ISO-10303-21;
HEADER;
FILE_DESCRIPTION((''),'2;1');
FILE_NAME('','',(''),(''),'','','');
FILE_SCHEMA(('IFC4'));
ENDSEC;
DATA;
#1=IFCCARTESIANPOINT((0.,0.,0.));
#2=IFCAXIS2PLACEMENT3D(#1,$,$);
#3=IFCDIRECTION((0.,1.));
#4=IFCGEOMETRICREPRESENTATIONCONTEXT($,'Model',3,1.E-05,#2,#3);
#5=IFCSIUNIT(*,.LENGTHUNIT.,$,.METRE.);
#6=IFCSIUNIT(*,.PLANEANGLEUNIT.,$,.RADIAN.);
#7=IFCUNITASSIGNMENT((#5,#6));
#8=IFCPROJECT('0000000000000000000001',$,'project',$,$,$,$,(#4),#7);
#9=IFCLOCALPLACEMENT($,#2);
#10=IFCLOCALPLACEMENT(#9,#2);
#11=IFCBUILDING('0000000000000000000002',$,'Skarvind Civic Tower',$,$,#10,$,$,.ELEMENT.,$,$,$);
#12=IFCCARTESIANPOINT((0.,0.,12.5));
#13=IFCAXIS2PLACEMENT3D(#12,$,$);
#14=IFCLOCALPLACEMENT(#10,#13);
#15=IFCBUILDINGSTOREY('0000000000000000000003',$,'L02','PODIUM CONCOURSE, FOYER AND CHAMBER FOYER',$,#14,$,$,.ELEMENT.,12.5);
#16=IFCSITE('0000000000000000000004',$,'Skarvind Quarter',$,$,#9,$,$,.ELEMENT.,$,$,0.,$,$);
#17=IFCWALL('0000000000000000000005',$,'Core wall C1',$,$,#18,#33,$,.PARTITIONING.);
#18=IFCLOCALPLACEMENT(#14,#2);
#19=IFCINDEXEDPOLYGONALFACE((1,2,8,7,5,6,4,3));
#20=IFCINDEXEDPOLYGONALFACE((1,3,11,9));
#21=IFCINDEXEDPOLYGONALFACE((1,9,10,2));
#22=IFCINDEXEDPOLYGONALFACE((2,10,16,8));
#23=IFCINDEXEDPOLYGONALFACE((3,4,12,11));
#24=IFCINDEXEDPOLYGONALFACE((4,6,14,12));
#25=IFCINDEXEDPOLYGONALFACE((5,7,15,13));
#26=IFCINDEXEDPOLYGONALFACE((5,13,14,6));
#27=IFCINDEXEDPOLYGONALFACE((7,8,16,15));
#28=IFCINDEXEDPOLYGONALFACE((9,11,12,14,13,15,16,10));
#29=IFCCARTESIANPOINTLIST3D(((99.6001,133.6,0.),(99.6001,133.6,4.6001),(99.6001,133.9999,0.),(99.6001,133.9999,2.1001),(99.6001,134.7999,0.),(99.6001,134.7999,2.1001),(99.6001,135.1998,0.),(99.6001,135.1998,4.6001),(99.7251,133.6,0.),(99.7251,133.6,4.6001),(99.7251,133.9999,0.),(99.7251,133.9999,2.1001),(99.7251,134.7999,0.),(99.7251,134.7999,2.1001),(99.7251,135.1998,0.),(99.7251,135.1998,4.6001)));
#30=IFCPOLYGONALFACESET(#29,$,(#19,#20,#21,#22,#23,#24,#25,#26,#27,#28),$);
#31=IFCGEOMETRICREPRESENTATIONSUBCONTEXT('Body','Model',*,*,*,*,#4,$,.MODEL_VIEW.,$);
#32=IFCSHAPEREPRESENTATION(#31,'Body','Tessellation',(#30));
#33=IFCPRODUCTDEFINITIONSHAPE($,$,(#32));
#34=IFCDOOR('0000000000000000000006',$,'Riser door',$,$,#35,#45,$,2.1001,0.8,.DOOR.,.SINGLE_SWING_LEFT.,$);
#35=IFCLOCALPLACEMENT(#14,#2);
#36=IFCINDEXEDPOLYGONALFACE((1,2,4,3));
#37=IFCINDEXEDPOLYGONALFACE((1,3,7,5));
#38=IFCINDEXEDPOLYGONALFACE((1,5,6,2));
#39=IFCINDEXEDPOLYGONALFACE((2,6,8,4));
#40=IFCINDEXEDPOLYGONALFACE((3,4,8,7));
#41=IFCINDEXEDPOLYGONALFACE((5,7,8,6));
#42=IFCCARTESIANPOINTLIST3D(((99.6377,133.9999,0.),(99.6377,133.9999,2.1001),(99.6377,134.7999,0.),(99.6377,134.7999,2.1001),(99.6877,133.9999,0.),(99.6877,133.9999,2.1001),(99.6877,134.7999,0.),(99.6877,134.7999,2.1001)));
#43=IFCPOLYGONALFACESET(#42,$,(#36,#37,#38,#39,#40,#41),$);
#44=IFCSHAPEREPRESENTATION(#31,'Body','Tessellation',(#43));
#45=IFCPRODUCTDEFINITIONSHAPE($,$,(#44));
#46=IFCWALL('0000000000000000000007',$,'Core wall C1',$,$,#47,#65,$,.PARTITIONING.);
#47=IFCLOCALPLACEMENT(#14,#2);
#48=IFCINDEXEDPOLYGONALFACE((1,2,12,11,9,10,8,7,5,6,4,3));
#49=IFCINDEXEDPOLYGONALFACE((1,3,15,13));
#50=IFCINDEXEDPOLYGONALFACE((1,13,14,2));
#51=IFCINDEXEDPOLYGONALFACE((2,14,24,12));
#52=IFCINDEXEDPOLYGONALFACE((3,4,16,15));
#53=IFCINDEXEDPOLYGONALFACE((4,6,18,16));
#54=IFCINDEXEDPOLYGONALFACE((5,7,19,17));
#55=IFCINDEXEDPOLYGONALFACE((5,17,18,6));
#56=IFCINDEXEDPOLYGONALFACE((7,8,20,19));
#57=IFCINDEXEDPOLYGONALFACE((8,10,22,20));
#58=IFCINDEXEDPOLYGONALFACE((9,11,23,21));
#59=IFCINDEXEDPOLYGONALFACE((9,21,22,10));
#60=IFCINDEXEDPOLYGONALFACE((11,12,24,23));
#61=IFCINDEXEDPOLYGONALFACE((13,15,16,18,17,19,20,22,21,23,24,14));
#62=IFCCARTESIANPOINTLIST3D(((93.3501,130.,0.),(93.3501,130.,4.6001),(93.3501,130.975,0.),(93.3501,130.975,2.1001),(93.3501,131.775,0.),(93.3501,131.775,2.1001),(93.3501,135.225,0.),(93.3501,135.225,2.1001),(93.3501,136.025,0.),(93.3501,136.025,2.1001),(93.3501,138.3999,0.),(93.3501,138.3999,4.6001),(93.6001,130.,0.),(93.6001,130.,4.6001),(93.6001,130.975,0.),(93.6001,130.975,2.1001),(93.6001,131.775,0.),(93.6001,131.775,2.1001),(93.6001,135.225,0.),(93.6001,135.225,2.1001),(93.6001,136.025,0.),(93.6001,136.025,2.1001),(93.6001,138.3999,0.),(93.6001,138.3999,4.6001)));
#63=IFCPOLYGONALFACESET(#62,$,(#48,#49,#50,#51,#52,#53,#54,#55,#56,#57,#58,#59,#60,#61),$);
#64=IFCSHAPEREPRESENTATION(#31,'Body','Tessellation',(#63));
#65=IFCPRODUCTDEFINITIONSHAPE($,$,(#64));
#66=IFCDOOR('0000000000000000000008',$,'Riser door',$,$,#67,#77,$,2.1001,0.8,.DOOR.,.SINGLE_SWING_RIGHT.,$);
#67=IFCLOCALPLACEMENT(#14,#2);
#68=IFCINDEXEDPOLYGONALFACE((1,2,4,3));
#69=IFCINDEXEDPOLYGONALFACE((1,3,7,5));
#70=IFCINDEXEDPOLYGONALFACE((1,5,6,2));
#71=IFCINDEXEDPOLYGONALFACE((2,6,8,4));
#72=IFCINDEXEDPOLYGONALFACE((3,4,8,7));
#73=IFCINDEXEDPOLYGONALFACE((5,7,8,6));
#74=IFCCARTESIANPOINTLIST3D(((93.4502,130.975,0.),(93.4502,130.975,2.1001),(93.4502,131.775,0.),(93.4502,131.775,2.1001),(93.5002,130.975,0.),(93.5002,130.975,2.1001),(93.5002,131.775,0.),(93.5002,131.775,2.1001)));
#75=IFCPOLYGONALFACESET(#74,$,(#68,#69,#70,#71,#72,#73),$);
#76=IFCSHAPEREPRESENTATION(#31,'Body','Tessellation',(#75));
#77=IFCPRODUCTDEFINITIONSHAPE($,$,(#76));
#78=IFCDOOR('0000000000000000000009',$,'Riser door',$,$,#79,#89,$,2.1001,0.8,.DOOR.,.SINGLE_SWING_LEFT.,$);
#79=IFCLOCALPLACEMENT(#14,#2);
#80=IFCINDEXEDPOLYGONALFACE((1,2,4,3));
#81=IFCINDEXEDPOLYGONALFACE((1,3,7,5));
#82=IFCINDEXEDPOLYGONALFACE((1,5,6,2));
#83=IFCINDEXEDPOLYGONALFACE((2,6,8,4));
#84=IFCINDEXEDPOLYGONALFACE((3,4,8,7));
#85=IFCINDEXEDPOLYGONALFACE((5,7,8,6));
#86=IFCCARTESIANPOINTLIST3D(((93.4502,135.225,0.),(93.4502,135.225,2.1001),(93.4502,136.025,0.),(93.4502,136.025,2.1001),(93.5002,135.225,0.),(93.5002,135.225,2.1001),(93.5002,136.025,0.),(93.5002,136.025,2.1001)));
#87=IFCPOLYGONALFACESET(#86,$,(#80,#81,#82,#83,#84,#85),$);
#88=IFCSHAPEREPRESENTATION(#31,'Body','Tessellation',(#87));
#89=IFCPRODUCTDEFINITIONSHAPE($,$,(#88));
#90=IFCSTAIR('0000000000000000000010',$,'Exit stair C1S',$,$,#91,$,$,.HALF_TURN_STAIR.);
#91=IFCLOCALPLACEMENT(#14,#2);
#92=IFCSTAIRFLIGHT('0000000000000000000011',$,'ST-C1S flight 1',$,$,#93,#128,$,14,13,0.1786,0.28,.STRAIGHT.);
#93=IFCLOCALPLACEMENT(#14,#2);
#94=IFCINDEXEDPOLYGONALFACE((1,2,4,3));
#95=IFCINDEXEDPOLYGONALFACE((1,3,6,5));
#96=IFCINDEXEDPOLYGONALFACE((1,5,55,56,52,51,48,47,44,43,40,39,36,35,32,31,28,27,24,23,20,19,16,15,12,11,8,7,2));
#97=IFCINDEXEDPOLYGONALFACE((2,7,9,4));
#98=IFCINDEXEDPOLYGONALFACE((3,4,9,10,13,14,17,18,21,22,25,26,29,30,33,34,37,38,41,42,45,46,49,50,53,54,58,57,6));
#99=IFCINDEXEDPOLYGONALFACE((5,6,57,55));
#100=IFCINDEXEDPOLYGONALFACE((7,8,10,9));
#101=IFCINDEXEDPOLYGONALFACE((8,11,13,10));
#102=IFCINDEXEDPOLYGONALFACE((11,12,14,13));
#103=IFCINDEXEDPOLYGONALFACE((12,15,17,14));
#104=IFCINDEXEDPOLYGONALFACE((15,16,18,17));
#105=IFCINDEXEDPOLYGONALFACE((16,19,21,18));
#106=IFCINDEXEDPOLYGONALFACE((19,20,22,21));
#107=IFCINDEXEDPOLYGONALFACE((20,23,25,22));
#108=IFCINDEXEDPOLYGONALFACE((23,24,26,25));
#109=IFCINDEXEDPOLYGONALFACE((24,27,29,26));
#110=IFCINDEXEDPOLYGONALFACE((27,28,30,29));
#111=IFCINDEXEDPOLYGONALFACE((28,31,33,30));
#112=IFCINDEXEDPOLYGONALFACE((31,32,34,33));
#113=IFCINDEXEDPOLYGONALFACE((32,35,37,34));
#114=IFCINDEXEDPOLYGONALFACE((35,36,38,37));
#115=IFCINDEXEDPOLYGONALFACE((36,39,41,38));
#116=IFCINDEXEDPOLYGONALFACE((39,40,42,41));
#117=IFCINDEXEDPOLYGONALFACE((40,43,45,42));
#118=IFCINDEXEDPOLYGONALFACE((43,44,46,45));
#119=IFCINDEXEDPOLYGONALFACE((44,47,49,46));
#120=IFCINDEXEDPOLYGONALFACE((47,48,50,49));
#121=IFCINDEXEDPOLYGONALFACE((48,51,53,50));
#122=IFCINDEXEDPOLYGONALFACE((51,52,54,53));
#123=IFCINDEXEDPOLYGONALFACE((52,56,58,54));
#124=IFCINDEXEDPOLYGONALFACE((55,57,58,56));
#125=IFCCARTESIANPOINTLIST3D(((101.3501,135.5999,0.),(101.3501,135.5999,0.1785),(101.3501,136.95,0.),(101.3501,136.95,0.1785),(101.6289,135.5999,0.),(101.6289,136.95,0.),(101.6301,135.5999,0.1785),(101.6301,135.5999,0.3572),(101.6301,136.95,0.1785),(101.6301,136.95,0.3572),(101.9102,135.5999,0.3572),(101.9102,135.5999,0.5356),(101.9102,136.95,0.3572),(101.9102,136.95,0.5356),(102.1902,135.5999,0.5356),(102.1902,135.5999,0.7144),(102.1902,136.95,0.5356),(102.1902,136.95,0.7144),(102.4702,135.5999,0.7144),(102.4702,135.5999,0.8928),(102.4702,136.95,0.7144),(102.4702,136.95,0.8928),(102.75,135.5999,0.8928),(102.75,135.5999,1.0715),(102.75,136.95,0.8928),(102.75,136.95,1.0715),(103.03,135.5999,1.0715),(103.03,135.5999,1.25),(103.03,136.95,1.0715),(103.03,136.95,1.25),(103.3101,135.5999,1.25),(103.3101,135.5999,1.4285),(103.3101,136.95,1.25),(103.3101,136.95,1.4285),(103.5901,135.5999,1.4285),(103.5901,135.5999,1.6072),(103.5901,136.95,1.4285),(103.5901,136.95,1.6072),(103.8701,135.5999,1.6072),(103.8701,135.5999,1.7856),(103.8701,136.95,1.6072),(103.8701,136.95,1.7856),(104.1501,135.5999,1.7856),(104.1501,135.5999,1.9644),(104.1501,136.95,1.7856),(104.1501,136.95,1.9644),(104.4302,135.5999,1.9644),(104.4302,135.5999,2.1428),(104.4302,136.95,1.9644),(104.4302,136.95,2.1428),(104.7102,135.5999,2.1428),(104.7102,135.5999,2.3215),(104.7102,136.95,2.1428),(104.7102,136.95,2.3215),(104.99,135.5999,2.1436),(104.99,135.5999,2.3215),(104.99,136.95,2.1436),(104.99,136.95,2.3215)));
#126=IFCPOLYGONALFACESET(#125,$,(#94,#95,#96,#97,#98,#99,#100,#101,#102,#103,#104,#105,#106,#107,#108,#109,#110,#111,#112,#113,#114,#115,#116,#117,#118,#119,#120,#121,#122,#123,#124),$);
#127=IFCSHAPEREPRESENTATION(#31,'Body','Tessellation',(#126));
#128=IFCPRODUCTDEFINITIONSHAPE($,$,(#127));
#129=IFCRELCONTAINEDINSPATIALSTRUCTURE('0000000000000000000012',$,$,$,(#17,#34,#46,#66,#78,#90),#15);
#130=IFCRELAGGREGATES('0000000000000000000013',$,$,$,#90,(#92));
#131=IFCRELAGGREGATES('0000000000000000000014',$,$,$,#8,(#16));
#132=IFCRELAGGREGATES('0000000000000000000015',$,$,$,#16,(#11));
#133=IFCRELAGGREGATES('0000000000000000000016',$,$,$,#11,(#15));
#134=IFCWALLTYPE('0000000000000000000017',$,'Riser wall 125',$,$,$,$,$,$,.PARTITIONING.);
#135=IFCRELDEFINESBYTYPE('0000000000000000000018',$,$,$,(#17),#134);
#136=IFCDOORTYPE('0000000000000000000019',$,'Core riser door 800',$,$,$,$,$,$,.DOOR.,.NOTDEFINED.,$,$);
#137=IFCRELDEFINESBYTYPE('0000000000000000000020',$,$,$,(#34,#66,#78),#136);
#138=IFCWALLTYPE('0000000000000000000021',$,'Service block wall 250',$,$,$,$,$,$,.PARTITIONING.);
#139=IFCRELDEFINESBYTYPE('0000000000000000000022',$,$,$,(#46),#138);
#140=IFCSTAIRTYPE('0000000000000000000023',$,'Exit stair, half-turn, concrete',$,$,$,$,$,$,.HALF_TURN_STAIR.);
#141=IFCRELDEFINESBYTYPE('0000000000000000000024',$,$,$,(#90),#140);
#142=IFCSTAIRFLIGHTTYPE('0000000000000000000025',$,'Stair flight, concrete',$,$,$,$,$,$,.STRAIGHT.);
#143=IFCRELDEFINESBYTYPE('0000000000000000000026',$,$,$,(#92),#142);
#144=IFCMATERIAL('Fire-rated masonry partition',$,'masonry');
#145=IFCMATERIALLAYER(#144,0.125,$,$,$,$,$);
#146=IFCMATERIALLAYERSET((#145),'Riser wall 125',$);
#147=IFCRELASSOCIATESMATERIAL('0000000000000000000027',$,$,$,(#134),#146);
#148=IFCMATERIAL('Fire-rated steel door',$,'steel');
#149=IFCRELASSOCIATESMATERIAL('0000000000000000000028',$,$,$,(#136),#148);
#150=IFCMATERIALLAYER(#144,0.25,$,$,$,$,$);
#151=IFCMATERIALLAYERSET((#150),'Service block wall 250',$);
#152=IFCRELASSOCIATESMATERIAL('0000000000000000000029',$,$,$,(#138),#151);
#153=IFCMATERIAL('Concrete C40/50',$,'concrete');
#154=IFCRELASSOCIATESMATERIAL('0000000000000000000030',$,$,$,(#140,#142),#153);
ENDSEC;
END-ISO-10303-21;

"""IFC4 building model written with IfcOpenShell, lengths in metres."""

from ifc_helpers import new_model, si_unit, direction, frame, frame_2d, origin, place, context, subcontext, project, spatial, polyline, rectangle, outline, extrude, material, layer, layer_set, type_object, element, fill, aggregate, save


model = new_model("IFC4")

# Units and contexts
model_context = context("Model", 3, precision=1e-05, world=origin(), true_north=direction((0.0, 1.0)))
body_context = subcontext(model_context, "Body", "Model", "MODEL_VIEW")
ifc_project = project(units=[si_unit("LENGTHUNIT", "METRE"), si_unit("PLANEANGLEUNIT", "RADIAN")], contexts=[model_context])

# Site, building, storey
site_placement = place(None, origin())
site = spatial("IfcSite", under=ifc_project, at=site_placement, Name="Skarvind Quarter", CompositionType="ELEMENT", RefElevation=0.0)
building_placement = place(site_placement, origin())
building = spatial("IfcBuilding", under=site, at=building_placement, Name="Skarvind Civic Tower", CompositionType="ELEMENT")
storey_placement = place(building_placement, frame((0.0, 0.0, 12.5)))
storey = spatial("IfcBuildingStorey", under=building, at=storey_placement, Name="L02", Description="PODIUM CONCOURSE, FOYER AND CHAMBER FOYER", CompositionType="ELEMENT", Elevation=12.5)

# Shared definitions
ifc_material_1 = material(Name="Fire-rated masonry partition", Category="masonry")
ifc_material_2 = material(Name="Fire-rated steel door", Category="steel")

# Wall, opening, door
ifc_layer_1 = layer(ifc_material_1, 0.125)
ifc_layer_set_1 = layer_set([ifc_layer_1], Name="Riser wall 125")
wall_type_1 = type_object("IfcWallType", Name="Riser wall 125", PredefinedType="PARTITIONING", material=ifc_layer_set_1)
wall_1_placement = place(storey_placement, frame((99.6626, 133.6001, 0.0), z_axis=(0.0, 0.0, 1.0), x_axis=(0.0, 1.0, 0.0)))
wall_1 = element("IfcWall", 1, at=wall_1_placement, inside=storey, type_object=wall_type_1, Name="Core wall C1", PredefinedType="PARTITIONING", context=body_context, shape_type="SweptSolid", body=[
    extrude(rectangle(XDim=1.5999, YDim=0.125, at=frame_2d((0.7998, 0.0))), origin(), (0.0, 0.0, 1.0), 4.6001),
])
opening_1_placement = place(wall_1_placement, frame((0.3999, 0.0, 0.0)))
opening_1 = element("IfcOpeningElement", 2, at=opening_1_placement, cuts=wall_1, PredefinedType="OPENING", context=body_context, shape_type="SweptSolid", body=[
    extrude(rectangle(XDim=0.8, YDim=2.1001, at=frame_2d((0.3999, 1.05))), frame((0.0, 0.0725, 0.0), z_axis=(0.0, -1.0, 0.0), x_axis=(1.0, 0.0, 0.0)), (0.0, 0.0, 1.0), 0.145),
])
door_type_1 = type_object("IfcDoorType", Name="Core riser door 800", OperationType="NOTDEFINED", PredefinedType="DOOR", material=ifc_material_2)
door_1_placement = place(opening_1_placement, origin())
door_1 = element("IfcDoor", 3, at=door_1_placement, inside=storey, type_object=door_type_1, Name="Riser door", OperationType="SINGLE_SWING_LEFT", OverallHeight=2.1001, OverallWidth=0.8, PredefinedType="DOOR", context=body_context, shape_type="SweptSolid", body=[
    extrude(rectangle(XDim=0.8, YDim=2.1001, at=frame_2d((0.3999, 1.05))), frame((0.0, 0.0249, 0.0), z_axis=(0.0, -1.0, 0.0), x_axis=(1.0, 0.0, 0.0)), (0.0, 0.0, 1.0), 0.05),
])
fill(opening_1, door_1)

# Wall, openings, doors
ifc_layer_2 = layer(ifc_material_1, 0.25)
ifc_layer_set_2 = layer_set([ifc_layer_2], Name="Service block wall 250")
wall_type_2 = type_object("IfcWallType", Name="Service block wall 250", PredefinedType="PARTITIONING", material=ifc_layer_set_2)
wall_2_placement = place(storey_placement, frame((93.4751, 130.0, 0.0), z_axis=(0.0, 0.0, 1.0), x_axis=(0.0, 1.0, 0.0)))
wall_2 = element("IfcWall", 4, at=wall_2_placement, inside=storey, type_object=wall_type_2, Name="Core wall C1", PredefinedType="PARTITIONING", context=body_context, shape_type="SweptSolid", body=[
    extrude(rectangle(XDim=8.3999, YDim=0.25, at=frame_2d((4.2, 0.0))), origin(), (0.0, 0.0, 1.0), 4.6001),
])
opening_2_placement = place(wall_2_placement, frame((0.9751, 0.0, 0.0)))
opening_2 = element("IfcOpeningElement", 5, at=opening_2_placement, cuts=wall_2, PredefinedType="OPENING", context=body_context, shape_type="SweptSolid", body=[
    extrude(rectangle(XDim=0.8, YDim=2.1001, at=frame_2d((0.3999, 1.05))), frame((0.0, 0.135, 0.0), z_axis=(0.0, -1.0, 0.0), x_axis=(1.0, 0.0, 0.0)), (0.0, 0.0, 1.0), 0.27),
])
opening_3_placement = place(wall_2_placement, frame((5.2251, 0.0, 0.0)))
opening_3 = element("IfcOpeningElement", 6, at=opening_3_placement, cuts=wall_2, PredefinedType="OPENING", context=body_context, shape_type="SweptSolid", body=[
    extrude(rectangle(XDim=0.8, YDim=2.1001, at=frame_2d((0.3999, 1.05))), frame((0.0, 0.135, 0.0), z_axis=(0.0, -1.0, 0.0), x_axis=(1.0, 0.0, 0.0)), (0.0, 0.0, 1.0), 0.27),
])
door_2_placement = place(opening_2_placement, origin())
door_2 = element("IfcDoor", 7, at=door_2_placement, inside=storey, type_object=door_type_1, Name="Riser door", OperationType="SINGLE_SWING_RIGHT", OverallHeight=2.1001, OverallWidth=0.8, PredefinedType="DOOR", context=body_context, shape_type="SweptSolid", body=[
    extrude(rectangle(XDim=0.8, YDim=2.1001, at=frame_2d((0.3999, 1.05))), frame((0.0, 0.0249, 0.0), z_axis=(0.0, -1.0, 0.0), x_axis=(1.0, 0.0, 0.0)), (0.0, 0.0, 1.0), 0.05),
])
fill(opening_2, door_2)
door_3_placement = place(opening_3_placement, origin())
door_3 = element("IfcDoor", 8, at=door_3_placement, inside=storey, type_object=door_type_1, Name="Riser door", OperationType="SINGLE_SWING_LEFT", OverallHeight=2.1001, OverallWidth=0.8, PredefinedType="DOOR", context=body_context, shape_type="SweptSolid", body=[
    extrude(rectangle(XDim=0.8, YDim=2.1001, at=frame_2d((0.3999, 1.05))), frame((0.0, 0.0249, 0.0), z_axis=(0.0, -1.0, 0.0), x_axis=(1.0, 0.0, 0.0)), (0.0, 0.0, 1.0), 0.05),
])
fill(opening_3, door_3)

# Stair, stair flight
ifc_material_3 = material(Name="Concrete C40/50", Category="concrete")
stair_type = type_object("IfcStairType", Name="Exit stair, half-turn, concrete", PredefinedType="HALF_TURN_STAIR", material=ifc_material_3)
stair_placement = place(storey_placement, origin())
stair = element("IfcStair", 9, at=stair_placement, inside=storey, type_object=stair_type, Name="Exit stair C1S", PredefinedType="HALF_TURN_STAIR")
stair_flight_type = type_object("IfcStairFlightType", Name="Stair flight, concrete", PredefinedType="STRAIGHT", material=ifc_material_3)
stair_flight_placement = place(storey_placement, frame((101.3501, 136.2749, 0.0), z_axis=(0.0, 0.0, 1.0), x_axis=(1.0, 0.0, 0.0)))
stair_flight = element("IfcStairFlight", 10, at=stair_flight_placement, type_object=stair_flight_type, Name="ST-C1S flight 1", NumberOfRisers=14, NumberOfTreads=13, PredefinedType="STRAIGHT", RiserHeight=0.1786, TreadLength=0.28, context=body_context, shape_type="SweptSolid", body=[
    extrude(outline(polyline([(0.0, 0.0), (0.0, 0.1785), (0.28, 0.1785), (0.28, 0.3572), (0.5601, 0.3572), (0.5601, 0.5356), (0.8401, 0.5356), (0.8401, 0.7144), (1.1201, 0.7144), (1.1201, 0.8928), (1.3999, 0.8928), (1.3999, 1.0715), (1.6799, 1.0715), (1.6799, 1.25), (1.96, 1.25), (1.96, 1.4285), (2.24, 1.4285), (2.24, 1.6072), (2.52, 1.6072), (2.52, 1.7856), (2.8, 1.7856), (2.8, 1.9644), (3.0801, 1.9644), (3.0801, 2.1428), (3.3601, 2.1428), (3.3601, 2.3215), (3.6399, 2.3215), (3.6399, 2.5), (3.6399, 2.1436), (0.2788, 0.0), (0.0, 0.0)])), frame((0.0, 0.675, 0.0), z_axis=(0.0, -1.0, 0.0), x_axis=(1.0, 0.0, 0.0)), (0.0, 0.0, 1.0), 1.3501),
])
aggregate(stair, [stair_flight])

save(model, "model.ifc")
